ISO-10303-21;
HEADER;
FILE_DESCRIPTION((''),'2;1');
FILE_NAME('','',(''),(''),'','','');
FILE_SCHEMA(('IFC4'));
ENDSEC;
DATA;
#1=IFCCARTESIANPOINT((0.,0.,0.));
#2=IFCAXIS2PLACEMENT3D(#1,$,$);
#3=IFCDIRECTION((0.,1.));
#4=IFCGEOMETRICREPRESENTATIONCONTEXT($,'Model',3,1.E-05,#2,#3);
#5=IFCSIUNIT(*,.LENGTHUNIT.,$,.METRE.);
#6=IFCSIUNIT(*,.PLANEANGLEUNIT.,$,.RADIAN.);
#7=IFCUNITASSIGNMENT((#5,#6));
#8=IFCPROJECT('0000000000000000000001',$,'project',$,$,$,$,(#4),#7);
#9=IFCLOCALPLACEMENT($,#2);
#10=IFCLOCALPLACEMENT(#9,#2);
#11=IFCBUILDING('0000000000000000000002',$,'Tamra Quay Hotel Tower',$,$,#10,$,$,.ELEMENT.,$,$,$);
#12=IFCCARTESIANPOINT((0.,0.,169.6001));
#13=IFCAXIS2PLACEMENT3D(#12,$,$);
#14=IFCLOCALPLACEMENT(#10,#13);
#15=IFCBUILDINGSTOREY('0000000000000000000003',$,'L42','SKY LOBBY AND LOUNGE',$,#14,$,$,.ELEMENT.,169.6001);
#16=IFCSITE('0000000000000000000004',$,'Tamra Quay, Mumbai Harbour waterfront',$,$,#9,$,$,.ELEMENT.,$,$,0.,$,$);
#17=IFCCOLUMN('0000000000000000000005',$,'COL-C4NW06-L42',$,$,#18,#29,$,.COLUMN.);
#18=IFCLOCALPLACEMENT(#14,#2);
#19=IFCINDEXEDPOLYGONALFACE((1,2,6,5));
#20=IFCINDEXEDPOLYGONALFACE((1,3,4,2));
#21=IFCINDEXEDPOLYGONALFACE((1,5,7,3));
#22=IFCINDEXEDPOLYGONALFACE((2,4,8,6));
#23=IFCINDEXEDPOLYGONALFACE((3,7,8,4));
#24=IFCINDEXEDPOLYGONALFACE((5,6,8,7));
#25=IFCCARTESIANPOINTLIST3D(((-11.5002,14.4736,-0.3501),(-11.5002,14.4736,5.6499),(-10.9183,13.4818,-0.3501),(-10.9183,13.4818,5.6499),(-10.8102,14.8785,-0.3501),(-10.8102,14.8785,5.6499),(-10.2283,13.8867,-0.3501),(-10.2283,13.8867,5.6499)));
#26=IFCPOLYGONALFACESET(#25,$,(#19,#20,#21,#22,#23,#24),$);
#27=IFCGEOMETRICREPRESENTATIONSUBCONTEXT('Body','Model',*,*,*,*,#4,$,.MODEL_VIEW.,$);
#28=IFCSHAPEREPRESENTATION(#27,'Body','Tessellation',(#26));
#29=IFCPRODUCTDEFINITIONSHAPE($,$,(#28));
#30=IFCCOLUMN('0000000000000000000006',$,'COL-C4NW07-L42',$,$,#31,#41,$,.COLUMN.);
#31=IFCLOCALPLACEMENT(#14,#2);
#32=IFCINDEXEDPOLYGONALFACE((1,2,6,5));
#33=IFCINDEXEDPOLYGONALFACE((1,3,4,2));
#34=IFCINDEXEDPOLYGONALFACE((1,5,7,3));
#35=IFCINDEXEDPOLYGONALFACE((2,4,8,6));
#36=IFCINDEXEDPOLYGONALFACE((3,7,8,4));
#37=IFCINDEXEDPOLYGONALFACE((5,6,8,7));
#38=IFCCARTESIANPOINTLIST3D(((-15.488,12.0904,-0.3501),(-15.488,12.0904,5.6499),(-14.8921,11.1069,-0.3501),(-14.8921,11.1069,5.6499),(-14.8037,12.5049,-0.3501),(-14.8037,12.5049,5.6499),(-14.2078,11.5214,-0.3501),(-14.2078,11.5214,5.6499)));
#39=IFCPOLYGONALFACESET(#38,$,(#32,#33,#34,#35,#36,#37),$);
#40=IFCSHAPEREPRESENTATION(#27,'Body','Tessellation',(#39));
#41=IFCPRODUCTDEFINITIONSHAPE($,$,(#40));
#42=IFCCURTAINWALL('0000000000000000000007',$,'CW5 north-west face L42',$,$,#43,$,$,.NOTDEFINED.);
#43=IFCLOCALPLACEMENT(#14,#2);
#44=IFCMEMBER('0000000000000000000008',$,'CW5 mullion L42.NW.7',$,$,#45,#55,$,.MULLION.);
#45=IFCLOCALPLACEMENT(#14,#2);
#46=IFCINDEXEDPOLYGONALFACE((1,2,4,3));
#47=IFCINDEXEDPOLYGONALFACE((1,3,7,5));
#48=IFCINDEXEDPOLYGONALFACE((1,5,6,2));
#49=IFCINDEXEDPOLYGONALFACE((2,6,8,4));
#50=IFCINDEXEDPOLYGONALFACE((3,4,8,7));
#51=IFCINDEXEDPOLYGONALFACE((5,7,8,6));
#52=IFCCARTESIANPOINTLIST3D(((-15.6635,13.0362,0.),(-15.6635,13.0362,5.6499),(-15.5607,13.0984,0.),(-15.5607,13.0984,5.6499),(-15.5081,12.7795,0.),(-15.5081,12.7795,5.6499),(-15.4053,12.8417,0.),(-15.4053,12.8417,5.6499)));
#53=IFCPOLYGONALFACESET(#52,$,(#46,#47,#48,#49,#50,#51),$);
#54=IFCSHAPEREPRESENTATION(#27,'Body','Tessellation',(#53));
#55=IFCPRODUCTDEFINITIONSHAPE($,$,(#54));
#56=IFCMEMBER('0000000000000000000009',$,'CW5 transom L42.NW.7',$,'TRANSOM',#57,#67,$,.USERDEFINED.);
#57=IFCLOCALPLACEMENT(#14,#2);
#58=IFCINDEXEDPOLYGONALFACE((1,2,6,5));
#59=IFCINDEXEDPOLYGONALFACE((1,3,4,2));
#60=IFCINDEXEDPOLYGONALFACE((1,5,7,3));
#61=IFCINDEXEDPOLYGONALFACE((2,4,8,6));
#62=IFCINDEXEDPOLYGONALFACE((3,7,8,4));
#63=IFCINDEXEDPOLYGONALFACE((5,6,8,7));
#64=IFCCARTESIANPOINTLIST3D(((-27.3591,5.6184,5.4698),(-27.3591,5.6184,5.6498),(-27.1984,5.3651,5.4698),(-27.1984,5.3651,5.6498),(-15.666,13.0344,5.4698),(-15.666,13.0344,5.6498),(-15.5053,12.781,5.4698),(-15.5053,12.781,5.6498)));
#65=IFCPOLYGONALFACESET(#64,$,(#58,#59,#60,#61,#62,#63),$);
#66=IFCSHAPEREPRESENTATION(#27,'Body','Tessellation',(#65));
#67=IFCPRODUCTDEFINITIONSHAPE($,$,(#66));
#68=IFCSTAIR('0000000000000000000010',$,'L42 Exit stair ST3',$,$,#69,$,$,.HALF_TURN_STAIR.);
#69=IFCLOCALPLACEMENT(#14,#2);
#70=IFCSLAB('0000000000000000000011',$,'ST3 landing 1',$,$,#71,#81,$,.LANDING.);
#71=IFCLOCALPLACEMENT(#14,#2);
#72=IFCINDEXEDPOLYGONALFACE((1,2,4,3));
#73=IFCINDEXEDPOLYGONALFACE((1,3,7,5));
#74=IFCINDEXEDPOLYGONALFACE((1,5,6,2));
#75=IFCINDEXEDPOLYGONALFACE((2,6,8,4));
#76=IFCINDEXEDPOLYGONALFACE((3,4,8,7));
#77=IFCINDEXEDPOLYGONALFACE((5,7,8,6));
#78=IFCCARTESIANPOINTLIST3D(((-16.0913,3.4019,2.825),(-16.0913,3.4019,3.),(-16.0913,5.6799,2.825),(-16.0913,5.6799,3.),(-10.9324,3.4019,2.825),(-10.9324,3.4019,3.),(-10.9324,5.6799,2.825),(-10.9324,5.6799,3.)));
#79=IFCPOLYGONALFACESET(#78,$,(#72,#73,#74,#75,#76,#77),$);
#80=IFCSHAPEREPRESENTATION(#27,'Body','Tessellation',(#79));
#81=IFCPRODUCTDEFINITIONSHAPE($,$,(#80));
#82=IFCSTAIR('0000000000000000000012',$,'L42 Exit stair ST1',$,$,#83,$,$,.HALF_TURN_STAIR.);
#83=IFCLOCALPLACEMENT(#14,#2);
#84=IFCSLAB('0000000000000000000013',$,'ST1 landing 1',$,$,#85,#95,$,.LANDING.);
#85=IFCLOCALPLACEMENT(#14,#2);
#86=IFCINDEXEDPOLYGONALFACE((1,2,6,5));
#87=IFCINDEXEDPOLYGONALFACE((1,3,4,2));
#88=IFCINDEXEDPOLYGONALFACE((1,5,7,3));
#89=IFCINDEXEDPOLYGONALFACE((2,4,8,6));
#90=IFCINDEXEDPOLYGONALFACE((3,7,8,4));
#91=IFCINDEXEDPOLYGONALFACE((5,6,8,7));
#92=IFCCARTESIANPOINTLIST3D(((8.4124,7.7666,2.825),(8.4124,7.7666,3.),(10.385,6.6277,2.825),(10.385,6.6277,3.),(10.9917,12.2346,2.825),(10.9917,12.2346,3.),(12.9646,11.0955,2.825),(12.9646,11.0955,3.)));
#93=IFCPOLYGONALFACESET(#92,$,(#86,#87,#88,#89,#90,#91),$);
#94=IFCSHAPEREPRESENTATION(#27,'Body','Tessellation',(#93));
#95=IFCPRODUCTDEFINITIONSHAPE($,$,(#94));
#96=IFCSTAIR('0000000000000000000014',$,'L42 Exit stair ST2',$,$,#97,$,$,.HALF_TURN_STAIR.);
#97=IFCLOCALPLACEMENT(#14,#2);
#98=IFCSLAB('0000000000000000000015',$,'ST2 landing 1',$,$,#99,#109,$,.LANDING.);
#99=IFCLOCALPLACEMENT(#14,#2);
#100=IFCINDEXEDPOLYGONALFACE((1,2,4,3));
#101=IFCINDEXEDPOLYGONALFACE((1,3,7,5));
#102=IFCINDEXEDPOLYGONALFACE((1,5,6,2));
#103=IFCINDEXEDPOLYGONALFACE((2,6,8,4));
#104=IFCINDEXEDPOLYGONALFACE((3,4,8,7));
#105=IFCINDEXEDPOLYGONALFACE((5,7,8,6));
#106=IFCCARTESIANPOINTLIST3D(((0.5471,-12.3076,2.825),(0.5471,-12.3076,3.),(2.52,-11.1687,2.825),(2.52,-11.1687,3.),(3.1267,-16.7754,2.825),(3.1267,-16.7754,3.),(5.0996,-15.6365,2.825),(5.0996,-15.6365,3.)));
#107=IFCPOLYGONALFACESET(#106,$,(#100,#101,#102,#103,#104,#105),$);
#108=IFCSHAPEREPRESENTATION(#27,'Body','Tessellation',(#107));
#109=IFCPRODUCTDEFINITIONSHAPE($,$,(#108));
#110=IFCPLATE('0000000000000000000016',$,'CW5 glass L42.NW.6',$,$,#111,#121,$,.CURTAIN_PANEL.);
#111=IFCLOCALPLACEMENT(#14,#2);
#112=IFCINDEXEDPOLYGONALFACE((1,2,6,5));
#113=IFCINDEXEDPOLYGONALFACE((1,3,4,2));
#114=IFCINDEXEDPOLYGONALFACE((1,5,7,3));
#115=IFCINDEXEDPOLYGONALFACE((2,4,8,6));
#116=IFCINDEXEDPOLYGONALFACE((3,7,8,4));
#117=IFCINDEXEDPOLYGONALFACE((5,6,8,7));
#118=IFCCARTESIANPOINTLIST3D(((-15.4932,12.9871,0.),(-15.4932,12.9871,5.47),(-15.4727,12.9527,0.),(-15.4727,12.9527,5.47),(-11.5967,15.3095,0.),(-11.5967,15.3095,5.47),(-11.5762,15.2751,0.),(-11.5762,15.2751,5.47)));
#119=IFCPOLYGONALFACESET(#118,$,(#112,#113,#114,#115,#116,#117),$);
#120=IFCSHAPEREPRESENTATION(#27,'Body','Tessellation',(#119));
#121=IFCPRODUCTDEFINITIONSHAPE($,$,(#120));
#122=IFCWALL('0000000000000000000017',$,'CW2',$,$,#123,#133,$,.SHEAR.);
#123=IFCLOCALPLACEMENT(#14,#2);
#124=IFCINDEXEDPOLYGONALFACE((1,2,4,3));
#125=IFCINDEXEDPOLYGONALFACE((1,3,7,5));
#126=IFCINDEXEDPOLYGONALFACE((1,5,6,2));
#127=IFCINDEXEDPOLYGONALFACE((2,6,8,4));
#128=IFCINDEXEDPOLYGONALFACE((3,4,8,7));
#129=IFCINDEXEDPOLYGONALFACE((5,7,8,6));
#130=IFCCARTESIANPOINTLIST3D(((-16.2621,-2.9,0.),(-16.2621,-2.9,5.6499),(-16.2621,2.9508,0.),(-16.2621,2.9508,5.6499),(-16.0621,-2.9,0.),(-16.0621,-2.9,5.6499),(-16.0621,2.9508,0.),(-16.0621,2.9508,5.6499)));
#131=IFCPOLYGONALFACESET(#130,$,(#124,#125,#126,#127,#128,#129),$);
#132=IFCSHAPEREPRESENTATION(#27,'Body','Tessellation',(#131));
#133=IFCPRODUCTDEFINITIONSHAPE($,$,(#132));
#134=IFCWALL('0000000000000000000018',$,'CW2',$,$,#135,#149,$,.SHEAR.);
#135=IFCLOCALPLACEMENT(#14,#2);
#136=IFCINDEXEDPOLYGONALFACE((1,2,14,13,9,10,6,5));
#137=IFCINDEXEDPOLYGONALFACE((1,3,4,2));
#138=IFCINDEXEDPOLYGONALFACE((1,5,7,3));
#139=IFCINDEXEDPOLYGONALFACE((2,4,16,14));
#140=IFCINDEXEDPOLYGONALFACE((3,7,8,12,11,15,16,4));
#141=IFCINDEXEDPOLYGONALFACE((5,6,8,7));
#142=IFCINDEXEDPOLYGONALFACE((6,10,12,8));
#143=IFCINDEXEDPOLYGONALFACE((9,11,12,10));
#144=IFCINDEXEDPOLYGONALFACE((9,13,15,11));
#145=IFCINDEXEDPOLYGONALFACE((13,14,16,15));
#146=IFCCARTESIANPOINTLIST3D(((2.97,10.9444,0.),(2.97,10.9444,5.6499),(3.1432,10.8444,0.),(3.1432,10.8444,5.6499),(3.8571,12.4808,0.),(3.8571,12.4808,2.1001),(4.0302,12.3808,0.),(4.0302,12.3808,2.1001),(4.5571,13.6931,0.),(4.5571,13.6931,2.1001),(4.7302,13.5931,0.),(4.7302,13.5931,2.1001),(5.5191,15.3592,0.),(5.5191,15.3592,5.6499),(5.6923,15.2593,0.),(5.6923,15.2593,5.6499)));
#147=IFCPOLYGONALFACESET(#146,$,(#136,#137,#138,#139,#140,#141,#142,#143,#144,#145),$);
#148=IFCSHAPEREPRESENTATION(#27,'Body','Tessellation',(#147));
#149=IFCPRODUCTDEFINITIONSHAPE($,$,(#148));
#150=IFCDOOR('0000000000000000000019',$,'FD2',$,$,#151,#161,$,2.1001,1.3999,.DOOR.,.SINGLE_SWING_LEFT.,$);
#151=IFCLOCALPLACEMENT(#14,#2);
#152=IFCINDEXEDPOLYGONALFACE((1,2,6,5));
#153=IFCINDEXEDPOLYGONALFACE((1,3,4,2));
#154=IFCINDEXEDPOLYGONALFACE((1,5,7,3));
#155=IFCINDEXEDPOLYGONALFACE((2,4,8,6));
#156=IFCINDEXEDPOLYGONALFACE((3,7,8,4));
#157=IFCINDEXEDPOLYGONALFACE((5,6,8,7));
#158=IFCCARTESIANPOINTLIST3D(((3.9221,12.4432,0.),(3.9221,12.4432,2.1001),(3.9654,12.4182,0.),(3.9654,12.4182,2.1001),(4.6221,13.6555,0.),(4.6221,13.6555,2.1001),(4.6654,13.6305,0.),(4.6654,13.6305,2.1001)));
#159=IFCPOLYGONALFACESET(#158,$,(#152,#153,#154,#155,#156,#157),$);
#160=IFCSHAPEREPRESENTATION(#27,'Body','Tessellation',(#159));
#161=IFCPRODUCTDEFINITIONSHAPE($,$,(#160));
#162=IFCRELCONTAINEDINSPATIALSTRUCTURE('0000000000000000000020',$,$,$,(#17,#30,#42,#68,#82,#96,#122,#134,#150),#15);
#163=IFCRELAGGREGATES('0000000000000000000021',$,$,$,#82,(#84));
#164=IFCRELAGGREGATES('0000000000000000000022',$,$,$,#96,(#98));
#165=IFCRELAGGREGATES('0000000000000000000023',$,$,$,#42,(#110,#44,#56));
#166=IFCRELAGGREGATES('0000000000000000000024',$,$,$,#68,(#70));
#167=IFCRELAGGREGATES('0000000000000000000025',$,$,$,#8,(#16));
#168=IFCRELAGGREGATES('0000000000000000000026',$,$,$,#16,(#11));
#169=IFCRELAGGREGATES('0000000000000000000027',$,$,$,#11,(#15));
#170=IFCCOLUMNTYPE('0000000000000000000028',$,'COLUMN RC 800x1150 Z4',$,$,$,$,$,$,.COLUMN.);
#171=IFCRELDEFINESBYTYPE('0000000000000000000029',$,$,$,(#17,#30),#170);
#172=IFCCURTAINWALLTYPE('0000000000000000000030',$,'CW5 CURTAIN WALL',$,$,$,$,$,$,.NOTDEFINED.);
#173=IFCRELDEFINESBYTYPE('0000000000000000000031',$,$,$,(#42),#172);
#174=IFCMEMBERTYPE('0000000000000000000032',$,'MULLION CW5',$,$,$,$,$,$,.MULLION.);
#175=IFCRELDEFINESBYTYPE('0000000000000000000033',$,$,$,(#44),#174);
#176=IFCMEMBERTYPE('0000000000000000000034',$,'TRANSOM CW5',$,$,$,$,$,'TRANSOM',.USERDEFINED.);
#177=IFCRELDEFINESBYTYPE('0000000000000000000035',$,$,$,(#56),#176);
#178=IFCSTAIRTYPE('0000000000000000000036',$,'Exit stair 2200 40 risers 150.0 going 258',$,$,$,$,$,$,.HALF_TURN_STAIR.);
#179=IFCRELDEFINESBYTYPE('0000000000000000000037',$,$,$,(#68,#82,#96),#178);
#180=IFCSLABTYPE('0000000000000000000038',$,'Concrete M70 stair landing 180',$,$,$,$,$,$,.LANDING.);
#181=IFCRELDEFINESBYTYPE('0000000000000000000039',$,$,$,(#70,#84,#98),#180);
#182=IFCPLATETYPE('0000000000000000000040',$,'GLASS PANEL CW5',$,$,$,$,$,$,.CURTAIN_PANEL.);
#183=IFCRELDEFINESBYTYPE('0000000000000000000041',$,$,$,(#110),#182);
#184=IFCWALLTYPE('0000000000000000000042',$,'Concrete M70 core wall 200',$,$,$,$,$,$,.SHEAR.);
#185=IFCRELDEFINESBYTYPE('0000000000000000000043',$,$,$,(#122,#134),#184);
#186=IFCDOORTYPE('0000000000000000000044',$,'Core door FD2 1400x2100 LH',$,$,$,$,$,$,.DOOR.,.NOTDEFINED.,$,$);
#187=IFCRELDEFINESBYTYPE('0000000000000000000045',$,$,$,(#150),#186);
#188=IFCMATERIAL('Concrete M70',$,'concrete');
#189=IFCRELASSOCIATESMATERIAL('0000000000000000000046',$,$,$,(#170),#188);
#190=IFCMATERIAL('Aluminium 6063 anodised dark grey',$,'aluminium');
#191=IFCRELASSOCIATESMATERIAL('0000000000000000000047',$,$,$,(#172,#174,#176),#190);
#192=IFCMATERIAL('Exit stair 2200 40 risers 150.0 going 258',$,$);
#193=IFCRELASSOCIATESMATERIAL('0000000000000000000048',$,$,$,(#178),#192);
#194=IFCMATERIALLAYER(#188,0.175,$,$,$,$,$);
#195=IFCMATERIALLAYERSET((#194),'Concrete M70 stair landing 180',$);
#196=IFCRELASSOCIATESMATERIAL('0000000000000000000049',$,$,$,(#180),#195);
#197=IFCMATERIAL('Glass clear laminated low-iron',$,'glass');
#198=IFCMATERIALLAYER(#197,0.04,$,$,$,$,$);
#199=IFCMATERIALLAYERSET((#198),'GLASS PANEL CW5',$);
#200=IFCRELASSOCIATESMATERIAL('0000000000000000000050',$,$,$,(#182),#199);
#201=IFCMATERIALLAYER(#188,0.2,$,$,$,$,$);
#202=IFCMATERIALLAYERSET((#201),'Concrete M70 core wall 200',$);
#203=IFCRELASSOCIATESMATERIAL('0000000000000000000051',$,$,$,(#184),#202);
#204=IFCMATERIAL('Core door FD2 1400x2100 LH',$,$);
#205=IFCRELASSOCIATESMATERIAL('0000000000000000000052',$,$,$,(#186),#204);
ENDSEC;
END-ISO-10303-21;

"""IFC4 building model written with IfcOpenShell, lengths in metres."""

from ifc_helpers import new_model, si_unit, direction, frame, frame_2d, origin, origin_2d, place, context, subcontext, project, spatial, polyline, rectangle, outline, extrude, material, layer, layer_set, material_profile, profile_set, type_object, element, fill, aggregate, save


model = new_model("IFC4")

# Units and contexts
model_context = context("Model", 3, precision=1e-05, world=origin(), true_north=direction((0.0, 1.0)))
body_context = subcontext(model_context, "Body", "Model", "MODEL_VIEW")
ifc_project = project(units=[si_unit("LENGTHUNIT", "METRE"), si_unit("PLANEANGLEUNIT", "RADIAN")], contexts=[model_context])

# Site, building, storey
site_placement = place(None, origin())
site = spatial("IfcSite", under=ifc_project, at=site_placement, Name="Tamra Quay, Mumbai Harbour waterfront", CompositionType="ELEMENT", RefElevation=0.0)
building_placement = place(site_placement, origin())
building = spatial("IfcBuilding", under=site, at=building_placement, Name="Tamra Quay Hotel Tower", CompositionType="ELEMENT")
storey_placement = place(building_placement, frame((0.0, 0.0, 169.6001)))
storey = spatial("IfcBuildingStorey", under=building, at=storey_placement, Name="L42", Description="SKY LOBBY AND LOUNGE", CompositionType="ELEMENT", Elevation=169.6001)

# Columns
ifc_material_1 = material(Name="Concrete M70", Category="concrete")
ifc_material_profile_1 = material_profile(ifc_material_1, rectangle(XDim=1.1499, YDim=0.8, at=origin_2d()), Name="COLUMN RC 800x1150 Z4")
ifc_profile_set_1 = profile_set([ifc_material_profile_1], Name="Concrete M70")
column_type = type_object("IfcColumnType", Name="COLUMN RC 800x1150 Z4", PredefinedType="COLUMN", material=ifc_profile_set_1)
for number, where, z_axis, x_axis, name in (
    (1, (-10.8643, 14.1802, -0.3501), (0.0, 0.0, 1.0), (-0.506085, 0.862484, 0.0), "COL-C4NW06-L42"),
    (2, (-14.8479, 11.8059, -0.3501), (0.0, 0.0, 1.0), (-0.518175, 0.855275, 0.0), "COL-C4NW07-L42"),
):
    element("IfcColumn", number, at=place(storey_placement, frame(where, z_axis=z_axis, x_axis=x_axis)), inside=storey, type_object=column_type, Name=name, PredefinedType="COLUMN", context=body_context, shape_type="SweptSolid", body=[
        extrude(rectangle(XDim=1.1499, YDim=0.8, at=origin_2d()), origin(), (0.0, 0.0, 1.0), 6.0),
    ])

# Curtain wall, members
ifc_material_2 = material(Name="Aluminium 6063 anodised dark grey", Category="aluminium")
curtain_wall_type = type_object("IfcCurtainWallType", Name="CW5 CURTAIN WALL", PredefinedType="NOTDEFINED", material=ifc_material_2)
curtain_wall_placement = place(storey_placement, origin())
curtain_wall = element("IfcCurtainWall", 3, at=curtain_wall_placement, inside=storey, type_object=curtain_wall_type, Name="CW5 north-west face L42", PredefinedType="NOTDEFINED")
ifc_material_profile_2 = material_profile(ifc_material_2, rectangle(XDim=0.3, YDim=0.1201, at=origin_2d()), Name="MULLION 120X300")
ifc_profile_set_2 = profile_set([ifc_material_profile_2], Name="Aluminium 6063 anodised dark grey")
member_type_1 = type_object("IfcMemberType", Name="MULLION CW5", PredefinedType="MULLION", material=ifc_profile_set_2)
member_1_placement = place(storey_placement, frame((-15.5344, 12.939, 0.0), z_axis=(0.0, 0.0, 1.0), x_axis=(-0.517923, 0.855428, 0.0)))
member_1 = element("IfcMember", 4, at=member_1_placement, type_object=member_type_1, Name="CW5 mullion L42.NW.7", PredefinedType="MULLION", context=body_context, shape_type="SweptSolid", body=[
    extrude(rectangle(XDim=0.3, YDim=0.1201, at=origin_2d()), origin(), (0.0, 0.0, 1.0), 5.6499),
])
ifc_material_profile_3 = material_profile(ifc_material_2, rectangle(XDim=0.3, YDim=0.1799, at=origin_2d()), Name="TRANSOM 300X180")
ifc_profile_set_3 = profile_set([ifc_material_profile_3], Name="Aluminium 6063 anodised dark grey")
member_type_2 = type_object("IfcMemberType", Name="TRANSOM CW5", ElementType="TRANSOM", PredefinedType="USERDEFINED", material=ifc_profile_set_3)
member_2_placement = place(storey_placement, frame((-15.5857, 12.9077, 5.5598), z_axis=(-0.84448, -0.535587, 0.0), x_axis=(0.535587, -0.84448, 0.0)))
member_2 = element("IfcMember", 5, at=member_2_placement, type_object=member_type_2, Name="CW5 transom L42.NW.7", ObjectType="TRANSOM", PredefinedType="USERDEFINED", context=body_context, shape_type="SweptSolid", body=[
    extrude(rectangle(XDim=0.3, YDim=0.1799, at=origin_2d()), origin(), (0.0, 0.0, 1.0), 13.8464),
])

# Stairs, slabs
ifc_material_3 = material(Name="Exit stair 2200 40 risers 150.0 going 258")
stair_type = type_object("IfcStairType", Name="Exit stair 2200 40 risers 150.0 going 258", PredefinedType="HALF_TURN_STAIR", material=ifc_material_3)
stair_1_placement = place(storey_placement, origin())
stair_1 = element("IfcStair", 6, at=stair_1_placement, inside=storey, type_object=stair_type, Name="L42 Exit stair ST3", PredefinedType="HALF_TURN_STAIR")
ifc_layer_1 = layer(ifc_material_1, 0.175)
ifc_layer_set_1 = layer_set([ifc_layer_1], Name="Concrete M70 stair landing 180")
slab_type = type_object("IfcSlabType", Name="Concrete M70 stair landing 180", PredefinedType="LANDING", material=ifc_layer_set_1)
slab_1_placement = place(storey_placement, frame((0.0, 0.0, 2.825)))
slab_1 = element("IfcSlab", 7, at=slab_1_placement, type_object=slab_type, Name="ST3 landing 1", PredefinedType="LANDING", context=body_context, shape_type="SweptSolid", body=[
    extrude(outline(polyline([(-10.9324, 3.4019), (-10.9324, 5.6799), (-16.0913, 5.6799), (-16.0913, 3.4019), (-10.9324, 3.4019)])), origin(), (0.0, 0.0, 1.0), 0.175),
])
stair_2_placement = place(storey_placement, origin())
stair_2 = element("IfcStair", 8, at=stair_2_placement, inside=storey, type_object=stair_type, Name="L42 Exit stair ST1", PredefinedType="HALF_TURN_STAIR")
slab_2_placement = place(storey_placement, frame((0.0, 0.0, 2.825)))
slab_2 = element("IfcSlab", 9, at=slab_2_placement, type_object=slab_type, Name="ST1 landing 1", PredefinedType="LANDING", context=body_context, shape_type="SweptSolid", body=[
    extrude(outline(polyline([(8.4124, 7.7666), (10.385, 6.6277), (12.9646, 11.0955), (10.9917, 12.2346), (8.4124, 7.7666)])), origin(), (0.0, 0.0, 1.0), 0.175),
])
aggregate(stair_2, [slab_2])
stair_3_placement = place(storey_placement, origin())
stair_3 = element("IfcStair", 10, at=stair_3_placement, inside=storey, type_object=stair_type, Name="L42 Exit stair ST2", PredefinedType="HALF_TURN_STAIR")
slab_3_placement = place(storey_placement, frame((0.0, 0.0, 2.825)))
slab_3 = element("IfcSlab", 11, at=slab_3_placement, type_object=slab_type, Name="ST2 landing 1", PredefinedType="LANDING", context=body_context, shape_type="SweptSolid", body=[
    extrude(outline(polyline([(2.52, -11.1687), (0.5471, -12.3076), (3.1267, -16.7754), (5.0996, -15.6365), (2.52, -11.1687)])), origin(), (0.0, 0.0, 1.0), 0.175),
])
aggregate(stair_3, [slab_3])

# Plate
ifc_material_4 = material(Name="Glass clear laminated low-iron", Category="glass")
ifc_layer_2 = layer(ifc_material_4, 0.04)
ifc_layer_set_2 = layer_set([ifc_layer_2], Name="GLASS PANEL CW5")
plate_type = type_object("IfcPlateType", Name="GLASS PANEL CW5", PredefinedType="CURTAIN_PANEL", material=ifc_layer_set_2)
plate_placement = place(storey_placement, frame((-13.5347, 14.1311, 0.0), z_axis=(0.0, 0.0, 1.0), x_axis=(-0.858999, -0.511977, 0.0)))
plate = element("IfcPlate", 12, at=plate_placement, type_object=plate_type, Name="CW5 glass L42.NW.6", PredefinedType="CURTAIN_PANEL", context=body_context, shape_type="SweptSolid", body=[
    extrude(rectangle(XDim=4.5361, YDim=0.04, at=origin_2d()), origin(), (0.0, 0.0, 1.0), 5.47),
])
aggregate(curtain_wall, [plate, member_1, member_2])

# Wall
ifc_layer_3 = layer(ifc_material_1, 0.2)
ifc_layer_set_3 = layer_set([ifc_layer_3], Name="Concrete M70 core wall 200")
wall_type_1 = type_object("IfcWallType", Name="Concrete M70 core wall 200", PredefinedType="SHEAR", material=ifc_layer_set_3)
wall_1_placement = place(storey_placement, frame((-16.1621, 2.9507, 0.0), z_axis=(0.0, 0.0, 1.0), x_axis=(0.0, -1.0, 0.0)))
element("IfcWall", 13, at=wall_1_placement, inside=storey, type_object=wall_type_1, Name="CW2", PredefinedType="SHEAR", context=body_context, shape_type="SweptSolid", body=[
    extrude(rectangle(XDim=5.8508, YDim=0.2, at=frame_2d((2.9253, 0.0))), origin(), (0.0, 0.0, 1.0), 5.6499),
])

# Wall, opening, door
wall_2_placement = place(storey_placement, frame((3.0566, 10.8945, 0.0), z_axis=(0.0, 0.0, 1.0), x_axis=(0.500028, 0.866009, 0.0)))
wall_2 = element("IfcWall", 14, at=wall_2_placement, inside=storey, type_object=wall_type_1, Name="CW2", PredefinedType="SHEAR", context=body_context, shape_type="SweptSolid", body=[
    extrude(rectangle(XDim=5.0979, YDim=0.2, at=frame_2d((2.5488, 0.0))), origin(), (0.0, 0.0, 1.0), 5.6499),
])
opening_1_placement = place(wall_2_placement, frame((1.7739, 0.0, 0.0)))
opening_1 = element("IfcOpeningElement", 15, at=opening_1_placement, cuts=wall_2, PredefinedType="OPENING", context=body_context, shape_type="SweptSolid", body=[
    extrude(rectangle(XDim=1.3999, YDim=2.1001, at=frame_2d((0.7, 1.05))), frame((0.0, 0.1099, 0.0), z_axis=(0.0, -1.0, 0.0), x_axis=(1.0, 0.0, 0.0)), (0.0, 0.0, 1.0), 0.22),
])
ifc_material_5 = material(Name="Core door FD2 1400x2100 LH")
door_type_1 = type_object("IfcDoorType", Name="Core door FD2 1400x2100 LH", OperationType="NOTDEFINED", PredefinedType="DOOR", material=ifc_material_5)
door_1_placement = place(opening_1_placement, origin())
door_1 = element("IfcDoor", 16, at=door_1_placement, inside=storey, type_object=door_type_1, Name="FD2", OperationType="SINGLE_SWING_LEFT", OverallHeight=2.1001, OverallWidth=1.3999, PredefinedType="DOOR", context=body_context, shape_type="SweptSolid", body=[
    extrude(rectangle(XDim=1.3999, YDim=2.1001, at=frame_2d((0.7, 1.05))), frame((0.0, 0.0249, 0.0), z_axis=(0.0, -1.0, 0.0), x_axis=(1.0, 0.0, 0.0)), (0.0, 0.0, 1.0), 0.05),
])
fill(opening_1, door_1)

aggregate(stair_1, [slab_1])

save(model, "model.ifc")
